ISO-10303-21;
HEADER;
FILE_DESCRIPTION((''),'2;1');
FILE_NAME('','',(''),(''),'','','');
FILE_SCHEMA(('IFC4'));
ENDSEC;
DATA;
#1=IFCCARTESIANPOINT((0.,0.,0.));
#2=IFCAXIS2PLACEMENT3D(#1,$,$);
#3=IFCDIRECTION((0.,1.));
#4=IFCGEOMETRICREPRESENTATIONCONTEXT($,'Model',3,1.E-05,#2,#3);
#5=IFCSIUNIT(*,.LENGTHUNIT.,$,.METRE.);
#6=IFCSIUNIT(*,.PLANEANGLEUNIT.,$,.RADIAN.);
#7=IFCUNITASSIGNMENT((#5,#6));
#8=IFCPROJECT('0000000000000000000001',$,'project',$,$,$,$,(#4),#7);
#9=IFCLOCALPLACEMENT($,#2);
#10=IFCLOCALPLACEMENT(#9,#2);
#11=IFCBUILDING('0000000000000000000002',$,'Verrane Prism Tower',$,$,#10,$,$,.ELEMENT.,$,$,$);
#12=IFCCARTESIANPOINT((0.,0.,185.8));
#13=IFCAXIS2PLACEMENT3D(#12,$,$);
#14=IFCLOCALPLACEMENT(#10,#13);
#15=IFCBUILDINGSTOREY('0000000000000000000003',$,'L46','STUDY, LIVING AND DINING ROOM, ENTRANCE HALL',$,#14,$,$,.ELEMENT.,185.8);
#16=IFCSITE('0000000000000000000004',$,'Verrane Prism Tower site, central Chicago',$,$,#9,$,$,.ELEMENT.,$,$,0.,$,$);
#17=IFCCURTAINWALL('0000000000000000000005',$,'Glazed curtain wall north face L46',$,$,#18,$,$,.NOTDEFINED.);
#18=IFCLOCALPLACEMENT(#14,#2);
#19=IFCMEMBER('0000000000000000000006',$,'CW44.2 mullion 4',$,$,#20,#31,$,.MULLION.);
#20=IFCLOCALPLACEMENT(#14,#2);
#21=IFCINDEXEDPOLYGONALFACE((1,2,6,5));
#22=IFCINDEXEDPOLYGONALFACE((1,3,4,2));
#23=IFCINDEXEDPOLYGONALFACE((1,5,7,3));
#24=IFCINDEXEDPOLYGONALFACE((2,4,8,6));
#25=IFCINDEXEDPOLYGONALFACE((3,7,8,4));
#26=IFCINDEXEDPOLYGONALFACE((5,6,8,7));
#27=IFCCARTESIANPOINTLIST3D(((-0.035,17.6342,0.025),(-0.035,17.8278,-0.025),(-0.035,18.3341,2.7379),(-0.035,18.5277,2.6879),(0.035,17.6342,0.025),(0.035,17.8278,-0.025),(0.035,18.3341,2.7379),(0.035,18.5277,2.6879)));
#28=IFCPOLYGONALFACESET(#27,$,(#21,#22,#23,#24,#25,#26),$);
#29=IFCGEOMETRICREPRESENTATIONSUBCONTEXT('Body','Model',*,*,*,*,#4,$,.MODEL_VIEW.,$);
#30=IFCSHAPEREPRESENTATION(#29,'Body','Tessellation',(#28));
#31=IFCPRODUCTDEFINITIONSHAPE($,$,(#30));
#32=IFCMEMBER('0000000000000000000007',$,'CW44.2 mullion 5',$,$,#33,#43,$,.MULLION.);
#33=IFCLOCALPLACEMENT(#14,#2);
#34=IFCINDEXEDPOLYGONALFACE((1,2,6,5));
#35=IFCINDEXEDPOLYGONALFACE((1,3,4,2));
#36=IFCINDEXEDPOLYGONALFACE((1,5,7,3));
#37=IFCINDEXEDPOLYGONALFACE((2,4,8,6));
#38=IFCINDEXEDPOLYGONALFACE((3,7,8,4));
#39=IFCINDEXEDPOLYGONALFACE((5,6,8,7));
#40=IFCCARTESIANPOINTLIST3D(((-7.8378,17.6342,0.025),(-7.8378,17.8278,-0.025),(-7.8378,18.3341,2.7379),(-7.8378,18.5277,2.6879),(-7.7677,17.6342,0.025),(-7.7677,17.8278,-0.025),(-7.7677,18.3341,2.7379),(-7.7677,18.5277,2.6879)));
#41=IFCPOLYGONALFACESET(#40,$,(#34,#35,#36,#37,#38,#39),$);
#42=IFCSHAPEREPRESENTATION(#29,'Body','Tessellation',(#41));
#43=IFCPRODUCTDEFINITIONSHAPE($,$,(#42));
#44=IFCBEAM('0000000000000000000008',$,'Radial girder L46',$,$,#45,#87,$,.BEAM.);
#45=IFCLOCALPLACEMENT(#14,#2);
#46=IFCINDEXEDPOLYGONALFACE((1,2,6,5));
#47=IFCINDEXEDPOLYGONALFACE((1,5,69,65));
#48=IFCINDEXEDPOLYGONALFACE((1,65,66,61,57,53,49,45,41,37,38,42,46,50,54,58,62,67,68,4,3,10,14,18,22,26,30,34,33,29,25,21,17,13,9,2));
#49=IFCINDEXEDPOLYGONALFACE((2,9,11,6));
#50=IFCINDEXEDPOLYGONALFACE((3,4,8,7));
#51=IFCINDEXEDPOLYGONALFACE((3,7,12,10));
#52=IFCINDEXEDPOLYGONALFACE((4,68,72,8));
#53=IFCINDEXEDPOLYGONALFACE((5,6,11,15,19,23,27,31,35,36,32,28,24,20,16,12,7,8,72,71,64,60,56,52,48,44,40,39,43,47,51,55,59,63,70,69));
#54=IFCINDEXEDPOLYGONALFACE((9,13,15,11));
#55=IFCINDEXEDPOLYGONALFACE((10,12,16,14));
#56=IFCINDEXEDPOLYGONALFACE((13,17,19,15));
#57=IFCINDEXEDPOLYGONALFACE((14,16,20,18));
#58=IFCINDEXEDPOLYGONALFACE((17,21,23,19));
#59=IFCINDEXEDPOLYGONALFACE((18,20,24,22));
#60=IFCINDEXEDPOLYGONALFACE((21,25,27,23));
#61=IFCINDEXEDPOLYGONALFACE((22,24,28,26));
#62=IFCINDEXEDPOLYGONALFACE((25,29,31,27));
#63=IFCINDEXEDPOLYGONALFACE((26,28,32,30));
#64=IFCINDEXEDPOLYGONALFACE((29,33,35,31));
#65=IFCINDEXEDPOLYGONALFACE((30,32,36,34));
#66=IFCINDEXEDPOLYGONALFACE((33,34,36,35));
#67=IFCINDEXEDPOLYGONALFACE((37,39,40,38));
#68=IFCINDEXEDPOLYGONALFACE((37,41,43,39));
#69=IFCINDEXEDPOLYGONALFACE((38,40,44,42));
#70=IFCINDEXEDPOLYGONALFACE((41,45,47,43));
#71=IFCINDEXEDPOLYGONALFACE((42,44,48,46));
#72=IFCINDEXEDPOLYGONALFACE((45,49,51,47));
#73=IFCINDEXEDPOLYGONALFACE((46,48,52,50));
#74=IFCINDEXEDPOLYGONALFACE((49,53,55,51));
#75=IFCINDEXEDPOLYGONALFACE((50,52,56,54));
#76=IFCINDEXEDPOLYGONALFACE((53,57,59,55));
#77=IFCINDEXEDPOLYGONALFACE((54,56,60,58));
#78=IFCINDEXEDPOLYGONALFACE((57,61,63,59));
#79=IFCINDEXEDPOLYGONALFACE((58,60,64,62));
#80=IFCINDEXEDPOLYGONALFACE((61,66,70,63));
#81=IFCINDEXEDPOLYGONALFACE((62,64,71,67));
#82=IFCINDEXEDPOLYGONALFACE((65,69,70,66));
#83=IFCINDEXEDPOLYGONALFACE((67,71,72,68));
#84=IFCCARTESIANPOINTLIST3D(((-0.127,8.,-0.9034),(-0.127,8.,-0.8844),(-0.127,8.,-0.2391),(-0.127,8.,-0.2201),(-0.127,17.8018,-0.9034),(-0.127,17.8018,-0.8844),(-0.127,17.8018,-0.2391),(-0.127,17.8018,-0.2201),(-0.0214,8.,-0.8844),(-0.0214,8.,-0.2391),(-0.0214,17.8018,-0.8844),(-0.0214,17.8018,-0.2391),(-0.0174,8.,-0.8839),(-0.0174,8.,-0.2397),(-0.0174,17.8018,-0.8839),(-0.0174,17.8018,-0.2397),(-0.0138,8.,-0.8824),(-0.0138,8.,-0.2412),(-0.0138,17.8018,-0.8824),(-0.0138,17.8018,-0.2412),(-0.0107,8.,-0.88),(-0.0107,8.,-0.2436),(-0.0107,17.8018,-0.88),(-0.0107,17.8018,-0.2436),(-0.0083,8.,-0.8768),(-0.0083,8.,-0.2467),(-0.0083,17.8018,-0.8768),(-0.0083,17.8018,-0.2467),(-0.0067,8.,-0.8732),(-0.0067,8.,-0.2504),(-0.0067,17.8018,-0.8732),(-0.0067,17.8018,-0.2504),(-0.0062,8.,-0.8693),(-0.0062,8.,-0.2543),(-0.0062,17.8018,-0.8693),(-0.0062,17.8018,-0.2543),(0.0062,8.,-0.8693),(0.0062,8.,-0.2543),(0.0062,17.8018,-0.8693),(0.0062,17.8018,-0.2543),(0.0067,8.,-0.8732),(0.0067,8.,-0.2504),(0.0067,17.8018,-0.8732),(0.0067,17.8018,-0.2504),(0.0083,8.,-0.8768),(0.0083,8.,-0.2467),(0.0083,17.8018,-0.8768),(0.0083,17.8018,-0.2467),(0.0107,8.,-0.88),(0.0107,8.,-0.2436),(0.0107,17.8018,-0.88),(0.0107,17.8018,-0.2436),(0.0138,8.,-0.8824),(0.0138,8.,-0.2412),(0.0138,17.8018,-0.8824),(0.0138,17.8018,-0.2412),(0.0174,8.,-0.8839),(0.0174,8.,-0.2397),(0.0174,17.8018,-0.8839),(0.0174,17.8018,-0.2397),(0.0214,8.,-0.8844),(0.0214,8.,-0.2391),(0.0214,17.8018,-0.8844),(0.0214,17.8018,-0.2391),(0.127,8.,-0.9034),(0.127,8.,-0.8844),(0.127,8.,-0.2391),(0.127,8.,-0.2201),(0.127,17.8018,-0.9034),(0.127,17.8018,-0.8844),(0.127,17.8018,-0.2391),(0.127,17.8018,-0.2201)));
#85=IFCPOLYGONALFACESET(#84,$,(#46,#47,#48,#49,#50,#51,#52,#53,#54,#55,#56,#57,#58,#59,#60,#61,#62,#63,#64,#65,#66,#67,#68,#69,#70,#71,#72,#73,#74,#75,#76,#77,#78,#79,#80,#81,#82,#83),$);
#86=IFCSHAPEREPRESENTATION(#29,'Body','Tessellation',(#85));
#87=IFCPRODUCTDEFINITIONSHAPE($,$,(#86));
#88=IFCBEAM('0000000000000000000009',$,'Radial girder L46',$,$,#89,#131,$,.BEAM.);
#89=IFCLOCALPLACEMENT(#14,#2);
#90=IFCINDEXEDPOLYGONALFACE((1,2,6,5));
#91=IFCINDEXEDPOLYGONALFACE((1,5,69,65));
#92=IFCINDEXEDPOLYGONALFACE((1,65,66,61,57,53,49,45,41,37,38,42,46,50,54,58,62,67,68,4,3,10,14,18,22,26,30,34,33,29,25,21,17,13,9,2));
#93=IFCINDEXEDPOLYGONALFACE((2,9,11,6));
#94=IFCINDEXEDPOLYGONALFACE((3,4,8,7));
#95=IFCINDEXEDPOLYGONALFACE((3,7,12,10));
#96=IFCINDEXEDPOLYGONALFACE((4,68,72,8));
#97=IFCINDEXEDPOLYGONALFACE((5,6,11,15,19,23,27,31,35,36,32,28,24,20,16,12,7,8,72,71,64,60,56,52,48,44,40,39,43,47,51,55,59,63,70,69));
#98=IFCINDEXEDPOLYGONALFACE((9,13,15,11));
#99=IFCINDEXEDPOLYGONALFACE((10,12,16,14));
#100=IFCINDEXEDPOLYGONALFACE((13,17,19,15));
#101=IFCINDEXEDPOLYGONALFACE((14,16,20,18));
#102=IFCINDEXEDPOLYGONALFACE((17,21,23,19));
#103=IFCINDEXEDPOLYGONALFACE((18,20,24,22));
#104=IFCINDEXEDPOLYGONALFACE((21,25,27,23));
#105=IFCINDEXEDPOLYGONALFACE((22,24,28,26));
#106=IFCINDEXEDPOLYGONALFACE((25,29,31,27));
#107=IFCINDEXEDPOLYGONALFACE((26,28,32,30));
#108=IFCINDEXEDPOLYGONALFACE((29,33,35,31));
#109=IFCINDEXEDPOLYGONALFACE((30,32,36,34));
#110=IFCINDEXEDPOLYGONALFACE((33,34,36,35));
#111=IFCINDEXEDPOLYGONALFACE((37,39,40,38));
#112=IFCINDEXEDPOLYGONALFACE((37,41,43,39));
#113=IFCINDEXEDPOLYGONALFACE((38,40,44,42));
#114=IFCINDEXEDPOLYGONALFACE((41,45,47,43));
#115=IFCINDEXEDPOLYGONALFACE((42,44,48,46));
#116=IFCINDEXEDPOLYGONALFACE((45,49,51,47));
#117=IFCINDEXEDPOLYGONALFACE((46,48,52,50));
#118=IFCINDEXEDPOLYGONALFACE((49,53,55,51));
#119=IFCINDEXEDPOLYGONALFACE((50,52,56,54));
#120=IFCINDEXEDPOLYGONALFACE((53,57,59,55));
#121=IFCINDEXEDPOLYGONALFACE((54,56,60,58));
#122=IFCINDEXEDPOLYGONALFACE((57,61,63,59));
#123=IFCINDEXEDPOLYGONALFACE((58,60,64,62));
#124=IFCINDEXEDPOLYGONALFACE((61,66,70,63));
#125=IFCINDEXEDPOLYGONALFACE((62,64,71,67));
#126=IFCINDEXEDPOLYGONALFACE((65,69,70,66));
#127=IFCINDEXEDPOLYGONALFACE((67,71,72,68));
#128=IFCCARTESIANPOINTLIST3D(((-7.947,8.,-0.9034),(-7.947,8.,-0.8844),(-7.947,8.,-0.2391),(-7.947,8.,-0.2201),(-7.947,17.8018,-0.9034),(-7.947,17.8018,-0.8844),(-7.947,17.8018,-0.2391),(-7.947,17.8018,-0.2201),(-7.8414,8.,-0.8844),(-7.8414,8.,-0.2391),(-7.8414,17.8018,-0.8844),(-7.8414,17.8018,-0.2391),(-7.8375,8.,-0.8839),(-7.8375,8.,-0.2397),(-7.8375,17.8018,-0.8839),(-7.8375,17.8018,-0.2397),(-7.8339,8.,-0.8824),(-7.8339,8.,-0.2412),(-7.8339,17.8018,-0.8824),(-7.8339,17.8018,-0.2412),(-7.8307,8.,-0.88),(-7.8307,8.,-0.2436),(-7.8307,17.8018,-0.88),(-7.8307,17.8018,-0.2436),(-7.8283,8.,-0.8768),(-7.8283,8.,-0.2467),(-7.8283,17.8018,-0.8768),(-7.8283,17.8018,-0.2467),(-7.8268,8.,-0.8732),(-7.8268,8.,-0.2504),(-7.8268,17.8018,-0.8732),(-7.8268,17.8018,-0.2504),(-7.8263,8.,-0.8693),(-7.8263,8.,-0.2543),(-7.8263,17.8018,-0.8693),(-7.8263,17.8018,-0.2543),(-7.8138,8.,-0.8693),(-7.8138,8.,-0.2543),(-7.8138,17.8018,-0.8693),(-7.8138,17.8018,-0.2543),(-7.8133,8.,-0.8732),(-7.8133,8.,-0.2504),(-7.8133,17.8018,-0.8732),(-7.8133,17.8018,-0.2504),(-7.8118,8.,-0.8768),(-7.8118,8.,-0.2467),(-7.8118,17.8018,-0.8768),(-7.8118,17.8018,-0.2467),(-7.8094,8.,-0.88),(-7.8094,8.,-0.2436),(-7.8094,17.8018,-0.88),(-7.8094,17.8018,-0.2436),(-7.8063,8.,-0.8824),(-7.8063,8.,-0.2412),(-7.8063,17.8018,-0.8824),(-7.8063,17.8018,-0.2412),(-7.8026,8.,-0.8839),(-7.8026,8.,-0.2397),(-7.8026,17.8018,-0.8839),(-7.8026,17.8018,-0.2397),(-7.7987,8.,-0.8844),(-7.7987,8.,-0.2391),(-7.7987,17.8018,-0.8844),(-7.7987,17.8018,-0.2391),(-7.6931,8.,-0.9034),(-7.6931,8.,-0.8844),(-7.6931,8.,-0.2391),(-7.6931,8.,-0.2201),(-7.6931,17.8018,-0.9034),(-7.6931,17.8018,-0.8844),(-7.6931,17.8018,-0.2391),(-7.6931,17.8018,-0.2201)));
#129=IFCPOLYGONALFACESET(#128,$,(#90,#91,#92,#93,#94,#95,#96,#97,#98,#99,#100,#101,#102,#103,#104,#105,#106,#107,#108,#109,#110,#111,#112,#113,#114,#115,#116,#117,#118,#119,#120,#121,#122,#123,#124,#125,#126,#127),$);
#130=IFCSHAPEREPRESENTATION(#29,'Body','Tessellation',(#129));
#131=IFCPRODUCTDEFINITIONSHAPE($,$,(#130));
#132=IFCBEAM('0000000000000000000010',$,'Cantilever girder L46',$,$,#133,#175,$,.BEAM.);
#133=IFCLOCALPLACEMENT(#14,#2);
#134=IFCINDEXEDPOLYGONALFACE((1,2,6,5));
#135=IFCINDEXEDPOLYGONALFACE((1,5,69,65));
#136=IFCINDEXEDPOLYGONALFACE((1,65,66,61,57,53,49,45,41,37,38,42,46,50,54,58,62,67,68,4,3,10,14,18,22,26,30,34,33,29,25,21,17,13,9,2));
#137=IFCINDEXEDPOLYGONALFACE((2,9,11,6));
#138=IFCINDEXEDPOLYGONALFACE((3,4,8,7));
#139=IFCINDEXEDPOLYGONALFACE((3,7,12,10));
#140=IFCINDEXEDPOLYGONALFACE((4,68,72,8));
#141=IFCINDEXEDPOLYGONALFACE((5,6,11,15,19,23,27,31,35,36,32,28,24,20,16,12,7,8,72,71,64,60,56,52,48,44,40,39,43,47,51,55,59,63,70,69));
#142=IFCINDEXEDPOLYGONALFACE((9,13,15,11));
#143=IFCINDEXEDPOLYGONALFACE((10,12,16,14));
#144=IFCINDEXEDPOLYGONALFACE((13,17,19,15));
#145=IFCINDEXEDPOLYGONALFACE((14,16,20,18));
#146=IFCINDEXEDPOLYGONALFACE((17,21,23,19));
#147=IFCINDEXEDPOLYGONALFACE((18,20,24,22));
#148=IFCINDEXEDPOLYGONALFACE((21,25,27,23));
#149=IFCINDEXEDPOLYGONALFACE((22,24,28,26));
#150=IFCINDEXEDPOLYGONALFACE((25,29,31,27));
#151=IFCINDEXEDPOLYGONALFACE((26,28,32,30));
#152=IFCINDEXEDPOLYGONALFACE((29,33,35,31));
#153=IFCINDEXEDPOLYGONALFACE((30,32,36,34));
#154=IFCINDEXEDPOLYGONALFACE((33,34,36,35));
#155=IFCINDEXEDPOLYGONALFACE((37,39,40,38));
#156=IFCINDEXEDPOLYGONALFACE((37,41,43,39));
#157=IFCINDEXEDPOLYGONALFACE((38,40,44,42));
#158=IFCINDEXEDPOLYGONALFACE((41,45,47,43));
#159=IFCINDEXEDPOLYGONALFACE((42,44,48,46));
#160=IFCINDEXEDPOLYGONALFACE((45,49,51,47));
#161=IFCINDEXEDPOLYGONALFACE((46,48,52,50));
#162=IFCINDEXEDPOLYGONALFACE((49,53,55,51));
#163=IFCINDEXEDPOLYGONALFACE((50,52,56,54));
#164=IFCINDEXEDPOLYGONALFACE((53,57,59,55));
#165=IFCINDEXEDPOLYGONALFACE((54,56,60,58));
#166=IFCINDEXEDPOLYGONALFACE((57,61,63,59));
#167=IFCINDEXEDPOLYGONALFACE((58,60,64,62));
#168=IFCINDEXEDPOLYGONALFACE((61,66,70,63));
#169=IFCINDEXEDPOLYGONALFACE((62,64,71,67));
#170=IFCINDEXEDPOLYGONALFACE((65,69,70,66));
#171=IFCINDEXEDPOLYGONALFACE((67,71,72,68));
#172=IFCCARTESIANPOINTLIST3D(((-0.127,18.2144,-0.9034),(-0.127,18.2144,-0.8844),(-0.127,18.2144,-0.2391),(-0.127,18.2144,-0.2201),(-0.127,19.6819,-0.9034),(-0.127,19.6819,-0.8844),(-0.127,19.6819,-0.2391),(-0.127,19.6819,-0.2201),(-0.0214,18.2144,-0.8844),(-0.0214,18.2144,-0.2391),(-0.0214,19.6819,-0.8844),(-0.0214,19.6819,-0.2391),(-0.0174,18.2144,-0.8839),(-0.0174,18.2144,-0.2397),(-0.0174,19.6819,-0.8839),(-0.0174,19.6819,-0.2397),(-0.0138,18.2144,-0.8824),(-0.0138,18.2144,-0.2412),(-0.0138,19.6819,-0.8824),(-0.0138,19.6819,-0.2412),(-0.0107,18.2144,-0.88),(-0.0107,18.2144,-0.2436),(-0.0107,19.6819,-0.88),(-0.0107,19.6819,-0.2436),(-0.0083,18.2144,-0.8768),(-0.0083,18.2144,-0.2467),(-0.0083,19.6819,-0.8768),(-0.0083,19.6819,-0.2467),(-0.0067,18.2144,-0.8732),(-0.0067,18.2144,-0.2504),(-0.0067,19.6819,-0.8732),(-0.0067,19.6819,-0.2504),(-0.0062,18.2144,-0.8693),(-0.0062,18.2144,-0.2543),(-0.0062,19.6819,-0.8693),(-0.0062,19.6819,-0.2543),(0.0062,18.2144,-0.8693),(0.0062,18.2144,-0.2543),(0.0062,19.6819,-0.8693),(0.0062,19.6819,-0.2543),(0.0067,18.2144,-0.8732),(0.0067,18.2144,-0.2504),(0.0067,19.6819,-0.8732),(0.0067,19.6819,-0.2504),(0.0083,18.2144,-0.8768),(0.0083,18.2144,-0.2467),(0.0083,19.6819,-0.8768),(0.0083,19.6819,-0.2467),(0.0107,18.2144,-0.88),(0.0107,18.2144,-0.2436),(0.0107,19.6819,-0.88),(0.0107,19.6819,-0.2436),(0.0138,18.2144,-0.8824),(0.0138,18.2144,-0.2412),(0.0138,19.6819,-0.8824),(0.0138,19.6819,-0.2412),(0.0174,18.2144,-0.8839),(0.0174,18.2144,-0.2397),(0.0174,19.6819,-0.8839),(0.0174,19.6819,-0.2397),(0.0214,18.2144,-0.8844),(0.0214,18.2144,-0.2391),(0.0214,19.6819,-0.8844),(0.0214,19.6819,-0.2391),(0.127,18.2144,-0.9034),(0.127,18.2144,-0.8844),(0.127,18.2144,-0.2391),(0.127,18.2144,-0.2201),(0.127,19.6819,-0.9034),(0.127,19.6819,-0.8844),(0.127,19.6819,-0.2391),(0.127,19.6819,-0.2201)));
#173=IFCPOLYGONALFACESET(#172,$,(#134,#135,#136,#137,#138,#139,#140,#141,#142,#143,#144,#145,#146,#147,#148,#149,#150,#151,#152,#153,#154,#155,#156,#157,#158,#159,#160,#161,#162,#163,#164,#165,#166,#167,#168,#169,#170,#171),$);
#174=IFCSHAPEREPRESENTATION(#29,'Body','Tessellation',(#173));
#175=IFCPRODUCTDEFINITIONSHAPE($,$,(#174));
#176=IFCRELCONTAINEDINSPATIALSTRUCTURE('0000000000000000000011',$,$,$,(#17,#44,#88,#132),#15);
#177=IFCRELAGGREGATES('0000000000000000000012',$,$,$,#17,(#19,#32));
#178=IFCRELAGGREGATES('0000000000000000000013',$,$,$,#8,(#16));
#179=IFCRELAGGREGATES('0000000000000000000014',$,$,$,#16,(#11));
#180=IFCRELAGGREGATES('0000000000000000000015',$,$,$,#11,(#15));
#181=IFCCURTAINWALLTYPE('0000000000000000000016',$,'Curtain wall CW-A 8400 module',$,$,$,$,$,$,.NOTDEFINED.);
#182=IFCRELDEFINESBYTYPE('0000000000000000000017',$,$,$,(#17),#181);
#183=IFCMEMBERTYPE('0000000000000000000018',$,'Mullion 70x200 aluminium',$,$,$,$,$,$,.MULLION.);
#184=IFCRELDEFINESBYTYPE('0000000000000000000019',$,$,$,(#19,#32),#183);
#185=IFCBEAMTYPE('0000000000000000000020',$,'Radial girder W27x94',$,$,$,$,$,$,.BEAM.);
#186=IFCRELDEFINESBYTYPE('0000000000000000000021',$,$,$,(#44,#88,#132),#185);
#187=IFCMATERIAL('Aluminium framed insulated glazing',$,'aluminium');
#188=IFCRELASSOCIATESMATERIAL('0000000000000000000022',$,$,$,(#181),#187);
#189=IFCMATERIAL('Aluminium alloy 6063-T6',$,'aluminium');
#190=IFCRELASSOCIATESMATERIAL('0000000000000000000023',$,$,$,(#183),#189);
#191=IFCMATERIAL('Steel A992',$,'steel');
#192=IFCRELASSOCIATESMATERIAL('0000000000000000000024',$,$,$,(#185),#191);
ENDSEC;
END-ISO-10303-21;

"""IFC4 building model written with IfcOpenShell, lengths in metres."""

from ifc_helpers import new_model, si_unit, direction, frame, origin, origin_2d, place, context, subcontext, project, spatial, rectangle, i_section, extrude, material, material_profile, profile_set, type_object, element, aggregate, save


model = new_model("IFC4")

# Units and contexts
model_context = context("Model", 3, precision=1e-05, world=origin(), true_north=direction((0.0, 1.0)))
body_context = subcontext(model_context, "Body", "Model", "MODEL_VIEW")
ifc_project = project(units=[si_unit("LENGTHUNIT", "METRE"), si_unit("PLANEANGLEUNIT", "RADIAN")], contexts=[model_context])

# Site, building, storey
site_placement = place(None, origin())
site = spatial("IfcSite", under=ifc_project, at=site_placement, Name="Verrane Prism Tower site, central Chicago", CompositionType="ELEMENT", RefElevation=0.0)
building_placement = place(site_placement, origin())
building = spatial("IfcBuilding", under=site, at=building_placement, Name="Verrane Prism Tower", CompositionType="ELEMENT")
storey_placement = place(building_placement, frame((0.0, 0.0, 185.8)))
storey = spatial("IfcBuildingStorey", under=building, at=storey_placement, Name="L46", Description="STUDY, LIVING AND DINING ROOM, ENTRANCE HALL", CompositionType="ELEMENT", Elevation=185.8)

# Curtain wall, members
ifc_material_1 = material(Name="Aluminium framed insulated glazing", Category="aluminium")
curtain_wall_type = type_object("IfcCurtainWallType", Name="Curtain wall CW-A 8400 module", PredefinedType="NOTDEFINED", material=ifc_material_1)
curtain_wall_placement = place(storey_placement, origin())
curtain_wall = element("IfcCurtainWall", 1, at=curtain_wall_placement, inside=storey, type_object=curtain_wall_type, Name="Glazed curtain wall north face L46", PredefinedType="NOTDEFINED")
ifc_material_2 = material(Name="Aluminium alloy 6063-T6", Category="aluminium")
ifc_material_profile_1 = material_profile(ifc_material_2, rectangle(XDim=0.2, YDim=0.0701, at=origin_2d()), Name="Mullion 70x200 aluminium")
ifc_profile_set_1 = profile_set([ifc_material_profile_1], Name="Aluminium alloy 6063-T6")
member_type_1 = type_object("IfcMemberType", Name="Mullion 70x200 aluminium", PredefinedType="MULLION", material=ifc_profile_set_1)
member_1_placement = place(storey_placement, frame((0.0, 17.731, 0.0), z_axis=(0.0, 0.249828, 0.96829), x_axis=(0.0, 0.96829, -0.249828)))
member_1 = element("IfcMember", 2, at=member_1_placement, type_object=member_type_1, Name="CW44.2 mullion 4", PredefinedType="MULLION", context=body_context, shape_type="SweptSolid", body=[
    extrude(rectangle(XDim=0.2, YDim=0.0701, at=origin_2d()), origin(), (0.0, 0.0, 1.0), 2.8018),
])
member_2_placement = place(storey_placement, frame((-7.8027, 17.731, 0.0), z_axis=(0.0, 0.249828, 0.96829), x_axis=(0.0, 0.96829, -0.249828)))
member_2 = element("IfcMember", 3, at=member_2_placement, type_object=member_type_1, Name="CW44.2 mullion 5", PredefinedType="MULLION", context=body_context, shape_type="SweptSolid", body=[
    extrude(rectangle(XDim=0.2, YDim=0.0701, at=origin_2d()), origin(), (0.0, 0.0, 1.0), 2.8018),
])

# Beams
ifc_material_3 = material(Name="Steel A992", Category="steel")
ifc_material_profile_2 = material_profile(ifc_material_3, i_section(OverallWidth=0.2539, OverallDepth=0.6833, WebThickness=0.0125, FlangeThickness=0.019, FilletRadius=0.0151, at=origin_2d()), Name="W27x94")
ifc_profile_set_2 = profile_set([ifc_material_profile_2], Name="Steel A992")
beam_type_1 = type_object("IfcBeamType", Name="Radial girder W27x94", PredefinedType="BEAM", material=ifc_profile_set_2)
for number, where, z_axis, x_axis, name in (
    (4, (0.0, 17.8018, -0.5618), (0.0, -1.0, 0.0), (1.0, 0.0, 0.0), "Radial girder L46"),
    (5, (-7.8201, 17.8018, -0.5618), (0.0, -1.0, 0.0), (1.0, 0.0, 0.0), "Radial girder L46"),
):
    element("IfcBeam", number, at=place(storey_placement, frame(where, z_axis=z_axis, x_axis=x_axis)), inside=storey, type_object=beam_type_1, Name=name, PredefinedType="BEAM", context=body_context, shape_type="SweptSolid", body=[
        extrude(i_section(OverallWidth=0.2539, OverallDepth=0.6833, WebThickness=0.0125, FlangeThickness=0.019, FilletRadius=0.0151, at=origin_2d()), origin(), (0.0, 0.0, 1.0), 9.8018),
    ])
beam_1_placement = place(storey_placement, frame((0.0, 18.2144, -0.5618), z_axis=(0.0, 1.0, 0.0), x_axis=(-1.0, 0.0, 0.0)))
element("IfcBeam", 6, at=beam_1_placement, inside=storey, type_object=beam_type_1, Name="Cantilever girder L46", PredefinedType="BEAM", context=body_context, shape_type="SweptSolid", body=[
    extrude(i_section(OverallWidth=0.2539, OverallDepth=0.6833, WebThickness=0.0125, FlangeThickness=0.019, FilletRadius=0.0151, at=origin_2d()), origin(), (0.0, 0.0, 1.0), 1.4675),
])

aggregate(curtain_wall, [member_1, member_2])

save(model, "model.ifc")
